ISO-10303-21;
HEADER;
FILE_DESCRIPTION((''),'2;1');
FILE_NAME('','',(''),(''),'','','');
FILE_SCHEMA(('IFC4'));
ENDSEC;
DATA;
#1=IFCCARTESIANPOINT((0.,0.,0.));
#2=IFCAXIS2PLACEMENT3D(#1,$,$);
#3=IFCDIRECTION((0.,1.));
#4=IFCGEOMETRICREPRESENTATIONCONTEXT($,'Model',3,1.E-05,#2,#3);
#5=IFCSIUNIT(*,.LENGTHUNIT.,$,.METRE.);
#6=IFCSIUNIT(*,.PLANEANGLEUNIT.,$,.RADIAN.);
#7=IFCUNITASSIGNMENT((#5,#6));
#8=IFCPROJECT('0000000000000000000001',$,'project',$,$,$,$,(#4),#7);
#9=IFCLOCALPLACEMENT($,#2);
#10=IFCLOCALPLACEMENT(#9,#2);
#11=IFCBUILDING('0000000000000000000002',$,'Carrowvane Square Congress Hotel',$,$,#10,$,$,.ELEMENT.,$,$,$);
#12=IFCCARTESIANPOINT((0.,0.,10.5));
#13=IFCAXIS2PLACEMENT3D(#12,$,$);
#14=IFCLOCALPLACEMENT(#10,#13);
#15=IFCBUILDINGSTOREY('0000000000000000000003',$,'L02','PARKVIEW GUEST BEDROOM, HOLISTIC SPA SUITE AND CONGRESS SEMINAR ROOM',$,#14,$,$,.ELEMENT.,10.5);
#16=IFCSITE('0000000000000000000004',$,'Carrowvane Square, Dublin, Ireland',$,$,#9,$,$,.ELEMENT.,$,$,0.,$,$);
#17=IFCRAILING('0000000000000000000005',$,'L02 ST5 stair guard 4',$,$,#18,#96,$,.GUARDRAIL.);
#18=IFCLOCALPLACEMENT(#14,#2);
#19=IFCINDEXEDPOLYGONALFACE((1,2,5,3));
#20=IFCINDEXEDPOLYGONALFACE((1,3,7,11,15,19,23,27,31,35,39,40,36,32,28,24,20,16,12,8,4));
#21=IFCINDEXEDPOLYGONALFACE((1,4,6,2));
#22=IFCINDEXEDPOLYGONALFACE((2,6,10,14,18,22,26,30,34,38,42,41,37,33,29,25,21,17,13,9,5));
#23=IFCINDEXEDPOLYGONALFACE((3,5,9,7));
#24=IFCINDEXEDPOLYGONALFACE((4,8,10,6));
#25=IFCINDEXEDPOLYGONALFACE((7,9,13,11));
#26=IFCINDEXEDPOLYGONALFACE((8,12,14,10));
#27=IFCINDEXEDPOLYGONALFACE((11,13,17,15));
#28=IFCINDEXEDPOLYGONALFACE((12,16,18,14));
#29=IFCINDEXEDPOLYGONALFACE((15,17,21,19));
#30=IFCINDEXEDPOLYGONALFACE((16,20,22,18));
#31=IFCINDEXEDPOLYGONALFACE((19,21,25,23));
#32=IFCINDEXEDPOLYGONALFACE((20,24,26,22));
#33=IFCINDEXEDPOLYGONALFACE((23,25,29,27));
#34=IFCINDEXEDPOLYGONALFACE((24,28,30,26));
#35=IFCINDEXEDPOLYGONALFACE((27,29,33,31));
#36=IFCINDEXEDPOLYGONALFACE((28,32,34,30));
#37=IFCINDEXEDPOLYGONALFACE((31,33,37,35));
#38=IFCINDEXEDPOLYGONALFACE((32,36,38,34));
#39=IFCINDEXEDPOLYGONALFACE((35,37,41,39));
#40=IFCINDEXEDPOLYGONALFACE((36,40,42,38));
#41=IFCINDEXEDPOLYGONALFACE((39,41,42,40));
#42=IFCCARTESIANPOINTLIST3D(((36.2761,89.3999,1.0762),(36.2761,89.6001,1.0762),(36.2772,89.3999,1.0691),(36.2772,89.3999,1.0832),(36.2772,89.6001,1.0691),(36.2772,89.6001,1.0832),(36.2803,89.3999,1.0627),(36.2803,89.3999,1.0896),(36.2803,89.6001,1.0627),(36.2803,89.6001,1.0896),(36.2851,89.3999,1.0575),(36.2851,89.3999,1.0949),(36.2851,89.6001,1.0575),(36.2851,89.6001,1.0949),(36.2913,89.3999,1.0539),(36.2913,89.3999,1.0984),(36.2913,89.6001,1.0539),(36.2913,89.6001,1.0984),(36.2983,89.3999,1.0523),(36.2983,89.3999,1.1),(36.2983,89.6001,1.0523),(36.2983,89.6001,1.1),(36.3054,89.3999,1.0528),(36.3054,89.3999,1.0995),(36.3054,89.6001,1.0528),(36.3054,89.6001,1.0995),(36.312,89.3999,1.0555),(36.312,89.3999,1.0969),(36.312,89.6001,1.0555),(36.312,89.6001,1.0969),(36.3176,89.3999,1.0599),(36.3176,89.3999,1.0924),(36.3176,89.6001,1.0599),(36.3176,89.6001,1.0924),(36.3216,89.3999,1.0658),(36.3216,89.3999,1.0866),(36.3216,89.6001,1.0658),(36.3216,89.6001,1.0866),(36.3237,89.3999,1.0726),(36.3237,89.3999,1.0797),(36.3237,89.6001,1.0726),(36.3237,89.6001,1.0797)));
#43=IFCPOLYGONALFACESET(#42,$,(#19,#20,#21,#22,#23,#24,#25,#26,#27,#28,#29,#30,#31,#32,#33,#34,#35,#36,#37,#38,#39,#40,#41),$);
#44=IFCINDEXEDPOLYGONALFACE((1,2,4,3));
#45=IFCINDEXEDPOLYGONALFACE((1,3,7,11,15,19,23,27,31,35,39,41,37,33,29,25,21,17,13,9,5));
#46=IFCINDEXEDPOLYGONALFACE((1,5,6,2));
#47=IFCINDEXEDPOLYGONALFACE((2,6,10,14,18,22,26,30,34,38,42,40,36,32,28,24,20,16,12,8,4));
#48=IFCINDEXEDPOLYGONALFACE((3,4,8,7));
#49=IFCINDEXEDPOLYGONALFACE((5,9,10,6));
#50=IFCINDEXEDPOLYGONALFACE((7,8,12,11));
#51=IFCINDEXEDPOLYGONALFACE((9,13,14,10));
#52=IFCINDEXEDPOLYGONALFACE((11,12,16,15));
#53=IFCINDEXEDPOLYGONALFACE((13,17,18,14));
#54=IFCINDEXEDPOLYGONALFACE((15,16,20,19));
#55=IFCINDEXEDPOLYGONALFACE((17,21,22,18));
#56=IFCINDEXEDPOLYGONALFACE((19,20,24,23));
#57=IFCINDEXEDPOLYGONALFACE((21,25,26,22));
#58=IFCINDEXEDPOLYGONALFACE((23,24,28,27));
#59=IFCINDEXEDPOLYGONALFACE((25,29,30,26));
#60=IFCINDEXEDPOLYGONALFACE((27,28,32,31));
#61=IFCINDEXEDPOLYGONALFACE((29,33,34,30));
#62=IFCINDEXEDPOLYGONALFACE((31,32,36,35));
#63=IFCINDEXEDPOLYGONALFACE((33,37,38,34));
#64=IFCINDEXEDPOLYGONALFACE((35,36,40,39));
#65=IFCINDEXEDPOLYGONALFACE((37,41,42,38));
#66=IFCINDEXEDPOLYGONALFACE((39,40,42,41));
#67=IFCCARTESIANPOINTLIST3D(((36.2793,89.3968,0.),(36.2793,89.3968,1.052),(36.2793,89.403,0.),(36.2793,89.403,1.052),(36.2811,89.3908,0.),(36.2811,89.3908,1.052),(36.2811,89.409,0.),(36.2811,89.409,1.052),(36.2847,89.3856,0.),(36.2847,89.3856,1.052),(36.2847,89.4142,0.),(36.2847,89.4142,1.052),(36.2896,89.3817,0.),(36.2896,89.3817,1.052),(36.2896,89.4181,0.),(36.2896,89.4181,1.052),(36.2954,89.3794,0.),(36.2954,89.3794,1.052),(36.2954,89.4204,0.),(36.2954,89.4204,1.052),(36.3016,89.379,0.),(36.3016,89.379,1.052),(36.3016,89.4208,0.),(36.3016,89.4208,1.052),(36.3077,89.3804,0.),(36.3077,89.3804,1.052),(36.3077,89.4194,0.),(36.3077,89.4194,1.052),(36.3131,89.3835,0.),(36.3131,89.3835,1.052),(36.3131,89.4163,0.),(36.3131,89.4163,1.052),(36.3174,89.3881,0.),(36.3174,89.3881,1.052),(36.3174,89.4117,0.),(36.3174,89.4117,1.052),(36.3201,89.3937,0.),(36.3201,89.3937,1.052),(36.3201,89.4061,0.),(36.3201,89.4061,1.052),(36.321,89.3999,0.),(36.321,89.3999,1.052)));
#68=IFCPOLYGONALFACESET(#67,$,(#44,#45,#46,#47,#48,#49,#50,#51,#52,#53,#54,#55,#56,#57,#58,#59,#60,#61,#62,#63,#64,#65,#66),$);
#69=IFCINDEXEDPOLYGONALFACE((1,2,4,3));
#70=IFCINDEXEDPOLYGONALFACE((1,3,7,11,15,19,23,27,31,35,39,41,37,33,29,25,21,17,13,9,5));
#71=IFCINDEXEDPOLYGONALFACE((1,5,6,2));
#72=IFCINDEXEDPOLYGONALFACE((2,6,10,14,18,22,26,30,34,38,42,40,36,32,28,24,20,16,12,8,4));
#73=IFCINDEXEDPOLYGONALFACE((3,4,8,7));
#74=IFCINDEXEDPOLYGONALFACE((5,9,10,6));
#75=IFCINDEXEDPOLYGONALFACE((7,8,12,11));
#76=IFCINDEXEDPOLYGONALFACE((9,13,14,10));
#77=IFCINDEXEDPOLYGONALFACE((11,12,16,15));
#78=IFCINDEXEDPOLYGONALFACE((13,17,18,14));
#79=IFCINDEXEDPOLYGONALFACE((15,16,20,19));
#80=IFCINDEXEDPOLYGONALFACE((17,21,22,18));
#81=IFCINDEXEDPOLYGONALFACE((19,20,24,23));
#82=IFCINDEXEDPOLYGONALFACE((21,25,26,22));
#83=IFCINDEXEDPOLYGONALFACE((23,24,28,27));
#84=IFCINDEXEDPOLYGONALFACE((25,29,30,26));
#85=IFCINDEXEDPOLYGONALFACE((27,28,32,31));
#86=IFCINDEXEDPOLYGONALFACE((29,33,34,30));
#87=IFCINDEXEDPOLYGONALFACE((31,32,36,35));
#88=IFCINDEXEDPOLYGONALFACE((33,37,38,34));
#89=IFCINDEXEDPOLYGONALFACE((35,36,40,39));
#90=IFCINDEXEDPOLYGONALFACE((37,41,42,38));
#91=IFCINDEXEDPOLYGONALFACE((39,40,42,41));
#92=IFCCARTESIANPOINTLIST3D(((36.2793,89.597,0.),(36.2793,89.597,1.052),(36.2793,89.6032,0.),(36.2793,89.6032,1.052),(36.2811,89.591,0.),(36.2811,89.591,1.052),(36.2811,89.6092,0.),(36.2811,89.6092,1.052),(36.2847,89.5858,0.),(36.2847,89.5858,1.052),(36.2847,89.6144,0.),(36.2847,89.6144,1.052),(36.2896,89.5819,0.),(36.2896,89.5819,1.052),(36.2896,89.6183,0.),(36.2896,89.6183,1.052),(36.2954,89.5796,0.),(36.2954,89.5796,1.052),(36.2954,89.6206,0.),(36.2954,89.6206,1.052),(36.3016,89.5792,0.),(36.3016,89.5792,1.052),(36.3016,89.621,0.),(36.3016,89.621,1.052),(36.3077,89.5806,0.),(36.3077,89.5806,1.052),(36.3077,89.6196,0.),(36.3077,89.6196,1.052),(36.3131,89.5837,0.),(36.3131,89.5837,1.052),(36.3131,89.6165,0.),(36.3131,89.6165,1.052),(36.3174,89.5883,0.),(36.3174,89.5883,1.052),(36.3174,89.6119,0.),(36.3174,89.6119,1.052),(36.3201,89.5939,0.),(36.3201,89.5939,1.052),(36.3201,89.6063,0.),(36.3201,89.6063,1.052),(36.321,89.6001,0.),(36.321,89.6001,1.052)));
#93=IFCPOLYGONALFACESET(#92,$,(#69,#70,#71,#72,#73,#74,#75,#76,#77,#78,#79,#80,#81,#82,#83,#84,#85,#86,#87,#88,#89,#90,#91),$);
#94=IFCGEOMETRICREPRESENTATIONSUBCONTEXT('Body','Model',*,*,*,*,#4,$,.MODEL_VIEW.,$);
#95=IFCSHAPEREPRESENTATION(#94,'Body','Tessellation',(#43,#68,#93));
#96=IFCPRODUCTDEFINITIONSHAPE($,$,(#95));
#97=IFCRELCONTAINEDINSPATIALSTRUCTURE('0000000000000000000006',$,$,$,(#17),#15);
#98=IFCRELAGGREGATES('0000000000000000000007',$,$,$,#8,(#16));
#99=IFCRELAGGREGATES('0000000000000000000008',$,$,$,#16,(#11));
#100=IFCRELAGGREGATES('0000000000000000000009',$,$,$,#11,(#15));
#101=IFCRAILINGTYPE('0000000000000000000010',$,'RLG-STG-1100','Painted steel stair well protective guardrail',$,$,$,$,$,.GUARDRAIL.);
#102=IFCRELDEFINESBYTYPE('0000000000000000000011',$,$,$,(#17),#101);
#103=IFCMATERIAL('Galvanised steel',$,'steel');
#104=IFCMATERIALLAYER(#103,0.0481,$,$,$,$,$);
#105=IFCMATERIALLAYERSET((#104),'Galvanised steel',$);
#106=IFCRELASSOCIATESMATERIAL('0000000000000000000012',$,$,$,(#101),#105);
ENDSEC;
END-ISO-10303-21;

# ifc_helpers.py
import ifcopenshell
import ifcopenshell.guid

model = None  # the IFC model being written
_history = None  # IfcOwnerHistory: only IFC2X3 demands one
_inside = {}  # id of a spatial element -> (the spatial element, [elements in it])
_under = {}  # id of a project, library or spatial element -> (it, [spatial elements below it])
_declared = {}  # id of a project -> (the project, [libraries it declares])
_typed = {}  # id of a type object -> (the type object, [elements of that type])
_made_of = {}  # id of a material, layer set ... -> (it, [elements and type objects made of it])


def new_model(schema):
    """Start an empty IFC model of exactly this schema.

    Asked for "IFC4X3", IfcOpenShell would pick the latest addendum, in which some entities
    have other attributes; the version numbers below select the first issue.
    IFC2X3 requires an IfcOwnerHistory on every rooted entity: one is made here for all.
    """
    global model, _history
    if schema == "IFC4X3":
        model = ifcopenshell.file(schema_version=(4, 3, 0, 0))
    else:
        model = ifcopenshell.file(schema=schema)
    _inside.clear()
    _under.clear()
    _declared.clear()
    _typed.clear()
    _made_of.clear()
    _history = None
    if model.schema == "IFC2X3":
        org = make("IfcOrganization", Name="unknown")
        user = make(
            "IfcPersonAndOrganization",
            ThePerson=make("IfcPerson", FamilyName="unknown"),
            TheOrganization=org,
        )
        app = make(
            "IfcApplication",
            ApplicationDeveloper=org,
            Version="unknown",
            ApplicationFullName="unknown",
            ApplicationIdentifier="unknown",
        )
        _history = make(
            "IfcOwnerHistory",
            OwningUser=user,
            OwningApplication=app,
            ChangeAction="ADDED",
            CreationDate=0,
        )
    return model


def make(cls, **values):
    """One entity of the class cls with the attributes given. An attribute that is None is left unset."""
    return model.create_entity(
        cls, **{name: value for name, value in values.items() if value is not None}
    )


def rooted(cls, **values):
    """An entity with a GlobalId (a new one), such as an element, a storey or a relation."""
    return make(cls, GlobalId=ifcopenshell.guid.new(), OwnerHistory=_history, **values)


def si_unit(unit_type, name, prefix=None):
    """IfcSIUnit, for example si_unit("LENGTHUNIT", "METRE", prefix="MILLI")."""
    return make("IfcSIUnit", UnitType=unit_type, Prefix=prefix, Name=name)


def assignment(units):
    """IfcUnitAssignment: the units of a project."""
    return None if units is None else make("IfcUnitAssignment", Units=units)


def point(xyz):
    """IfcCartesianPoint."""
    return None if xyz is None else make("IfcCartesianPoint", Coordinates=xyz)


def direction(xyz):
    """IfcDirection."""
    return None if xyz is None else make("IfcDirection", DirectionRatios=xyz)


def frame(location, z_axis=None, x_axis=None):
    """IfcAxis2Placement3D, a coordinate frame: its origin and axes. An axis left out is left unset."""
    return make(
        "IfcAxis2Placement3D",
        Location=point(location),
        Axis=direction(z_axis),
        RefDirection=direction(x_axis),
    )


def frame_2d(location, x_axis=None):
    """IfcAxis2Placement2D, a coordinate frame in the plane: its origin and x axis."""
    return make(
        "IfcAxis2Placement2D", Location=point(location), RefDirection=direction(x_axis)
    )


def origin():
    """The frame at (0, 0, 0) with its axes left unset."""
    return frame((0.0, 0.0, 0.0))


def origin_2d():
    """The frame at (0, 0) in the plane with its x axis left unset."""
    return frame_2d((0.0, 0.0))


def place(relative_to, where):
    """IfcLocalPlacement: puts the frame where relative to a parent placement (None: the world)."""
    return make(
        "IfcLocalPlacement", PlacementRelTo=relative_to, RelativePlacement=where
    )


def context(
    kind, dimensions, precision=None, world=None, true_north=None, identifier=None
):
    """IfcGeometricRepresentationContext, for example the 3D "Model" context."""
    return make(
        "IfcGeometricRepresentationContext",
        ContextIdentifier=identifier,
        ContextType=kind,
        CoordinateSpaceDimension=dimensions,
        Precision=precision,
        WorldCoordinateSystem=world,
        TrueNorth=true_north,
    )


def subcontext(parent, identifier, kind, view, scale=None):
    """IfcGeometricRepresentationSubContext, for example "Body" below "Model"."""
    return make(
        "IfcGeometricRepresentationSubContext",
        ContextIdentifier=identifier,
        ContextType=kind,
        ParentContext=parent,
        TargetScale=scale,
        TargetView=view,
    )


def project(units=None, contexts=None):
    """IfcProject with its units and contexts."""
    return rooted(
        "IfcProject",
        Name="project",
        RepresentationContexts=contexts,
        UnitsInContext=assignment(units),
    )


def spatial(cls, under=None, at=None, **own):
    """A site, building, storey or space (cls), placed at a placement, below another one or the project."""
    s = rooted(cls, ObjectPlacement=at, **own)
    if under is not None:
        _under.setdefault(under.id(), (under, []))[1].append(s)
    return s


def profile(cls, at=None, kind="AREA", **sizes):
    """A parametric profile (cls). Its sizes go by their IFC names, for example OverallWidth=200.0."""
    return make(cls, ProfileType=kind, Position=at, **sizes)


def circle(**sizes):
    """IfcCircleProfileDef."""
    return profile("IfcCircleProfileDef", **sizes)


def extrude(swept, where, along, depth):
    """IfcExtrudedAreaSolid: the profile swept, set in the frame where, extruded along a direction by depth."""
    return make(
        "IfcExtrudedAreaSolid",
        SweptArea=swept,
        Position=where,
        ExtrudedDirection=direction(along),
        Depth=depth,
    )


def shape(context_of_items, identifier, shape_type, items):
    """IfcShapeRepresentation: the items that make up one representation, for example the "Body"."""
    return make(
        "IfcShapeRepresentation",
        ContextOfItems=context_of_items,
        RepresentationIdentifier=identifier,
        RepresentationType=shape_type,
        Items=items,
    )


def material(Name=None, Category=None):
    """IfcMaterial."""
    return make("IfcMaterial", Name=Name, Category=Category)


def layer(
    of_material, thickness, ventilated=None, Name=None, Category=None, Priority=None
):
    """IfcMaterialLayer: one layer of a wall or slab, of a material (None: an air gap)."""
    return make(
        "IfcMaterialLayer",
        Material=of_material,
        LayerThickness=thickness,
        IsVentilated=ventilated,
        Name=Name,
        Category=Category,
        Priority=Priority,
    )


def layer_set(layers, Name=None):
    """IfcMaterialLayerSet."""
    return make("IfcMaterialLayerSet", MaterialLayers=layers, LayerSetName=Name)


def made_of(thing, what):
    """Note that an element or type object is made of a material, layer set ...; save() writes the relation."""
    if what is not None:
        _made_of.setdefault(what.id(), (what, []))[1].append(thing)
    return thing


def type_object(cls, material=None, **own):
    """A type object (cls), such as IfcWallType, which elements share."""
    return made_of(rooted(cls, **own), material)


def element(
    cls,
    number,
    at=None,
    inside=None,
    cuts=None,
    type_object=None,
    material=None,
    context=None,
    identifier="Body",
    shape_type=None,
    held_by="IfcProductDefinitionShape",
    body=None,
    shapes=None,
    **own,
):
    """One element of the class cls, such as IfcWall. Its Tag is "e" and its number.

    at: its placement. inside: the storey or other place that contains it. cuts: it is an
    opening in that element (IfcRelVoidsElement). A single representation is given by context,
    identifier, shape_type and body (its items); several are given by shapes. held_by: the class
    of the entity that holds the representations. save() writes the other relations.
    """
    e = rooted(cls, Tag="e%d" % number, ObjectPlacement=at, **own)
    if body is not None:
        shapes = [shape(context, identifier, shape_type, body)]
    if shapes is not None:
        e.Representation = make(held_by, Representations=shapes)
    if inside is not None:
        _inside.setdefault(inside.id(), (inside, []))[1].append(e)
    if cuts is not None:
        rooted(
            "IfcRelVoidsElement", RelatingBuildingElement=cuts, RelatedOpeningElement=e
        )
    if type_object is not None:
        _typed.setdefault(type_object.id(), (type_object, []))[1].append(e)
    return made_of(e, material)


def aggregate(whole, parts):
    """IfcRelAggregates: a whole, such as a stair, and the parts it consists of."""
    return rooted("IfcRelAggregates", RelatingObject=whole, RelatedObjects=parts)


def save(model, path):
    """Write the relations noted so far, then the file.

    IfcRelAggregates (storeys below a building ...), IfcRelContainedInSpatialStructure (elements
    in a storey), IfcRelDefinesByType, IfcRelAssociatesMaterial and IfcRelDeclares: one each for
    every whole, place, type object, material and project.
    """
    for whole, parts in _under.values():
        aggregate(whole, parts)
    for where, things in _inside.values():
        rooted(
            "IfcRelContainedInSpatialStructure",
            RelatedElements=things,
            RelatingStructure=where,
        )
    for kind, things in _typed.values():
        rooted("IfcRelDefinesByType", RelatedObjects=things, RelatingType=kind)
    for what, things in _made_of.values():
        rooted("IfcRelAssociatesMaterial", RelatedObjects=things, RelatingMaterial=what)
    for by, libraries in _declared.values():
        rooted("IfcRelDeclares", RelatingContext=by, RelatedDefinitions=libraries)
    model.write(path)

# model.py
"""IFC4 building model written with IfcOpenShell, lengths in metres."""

from ifc_helpers import new_model, si_unit, direction, frame, origin, origin_2d, place, context, subcontext, project, spatial, circle, extrude, material, layer, layer_set, type_object, element, save


model = new_model("IFC4")

# Units and contexts
model_context = context("Model", 3, precision=1e-05, world=origin(), true_north=direction((0.0, 1.0)))
body_context = subcontext(model_context, "Body", "Model", "MODEL_VIEW")
ifc_project = project(units=[si_unit("LENGTHUNIT", "METRE"), si_unit("PLANEANGLEUNIT", "RADIAN")], contexts=[model_context])

# Site, building, storey
site_placement = place(None, origin())
site = spatial("IfcSite", under=ifc_project, at=site_placement, Name="Carrowvane Square, Dublin, Ireland", CompositionType="ELEMENT", RefElevation=0.0)
building_placement = place(site_placement, origin())
building = spatial("IfcBuilding", under=site, at=building_placement, Name="Carrowvane Square Congress Hotel", CompositionType="ELEMENT")
storey_placement = place(building_placement, frame((0.0, 0.0, 10.5)))
storey = spatial("IfcBuildingStorey", under=building, at=storey_placement, Name="L02", Description="PARKVIEW GUEST BEDROOM, HOLISTIC SPA SUITE AND CONGRESS SEMINAR ROOM", CompositionType="ELEMENT", Elevation=10.5)

# Railing
ifc_material_1 = material(Name="Galvanised steel", Category="steel")
ifc_layer_1 = layer(ifc_material_1, 0.0481)
ifc_layer_set_1 = layer_set([ifc_layer_1], Name="Galvanised steel")
railing_type_1 = type_object("IfcRailingType", Name="RLG-STG-1100", Description="Painted steel stair well protective guardrail", PredefinedType="GUARDRAIL", material=ifc_layer_set_1)
railing_1_placement = place(storey_placement, frame((36.3, 89.3999, 0.0)))
element("IfcRailing", 1, at=railing_1_placement, inside=storey, type_object=railing_type_1, Name="L02 ST5 stair guard 4", PredefinedType="GUARDRAIL", context=body_context, shape_type="SweptSolid", body=[
    extrude(circle(Radius=0.0239, at=origin_2d()), frame((0.0, 0.0, 1.0762), z_axis=(0.0, 1.0, 0.0), x_axis=(-1.0, 0.0, 0.0)), (0.0, 0.0, 1.0), 0.2002),
    extrude(circle(Radius=0.021, at=origin_2d()), origin(), (0.0, 0.0, 1.0), 1.052),
    extrude(circle(Radius=0.021, at=origin_2d()), frame((0.0, 0.2002, 0.0)), (0.0, 0.0, 1.0), 1.052),
])

save(model, "model.ifc")
